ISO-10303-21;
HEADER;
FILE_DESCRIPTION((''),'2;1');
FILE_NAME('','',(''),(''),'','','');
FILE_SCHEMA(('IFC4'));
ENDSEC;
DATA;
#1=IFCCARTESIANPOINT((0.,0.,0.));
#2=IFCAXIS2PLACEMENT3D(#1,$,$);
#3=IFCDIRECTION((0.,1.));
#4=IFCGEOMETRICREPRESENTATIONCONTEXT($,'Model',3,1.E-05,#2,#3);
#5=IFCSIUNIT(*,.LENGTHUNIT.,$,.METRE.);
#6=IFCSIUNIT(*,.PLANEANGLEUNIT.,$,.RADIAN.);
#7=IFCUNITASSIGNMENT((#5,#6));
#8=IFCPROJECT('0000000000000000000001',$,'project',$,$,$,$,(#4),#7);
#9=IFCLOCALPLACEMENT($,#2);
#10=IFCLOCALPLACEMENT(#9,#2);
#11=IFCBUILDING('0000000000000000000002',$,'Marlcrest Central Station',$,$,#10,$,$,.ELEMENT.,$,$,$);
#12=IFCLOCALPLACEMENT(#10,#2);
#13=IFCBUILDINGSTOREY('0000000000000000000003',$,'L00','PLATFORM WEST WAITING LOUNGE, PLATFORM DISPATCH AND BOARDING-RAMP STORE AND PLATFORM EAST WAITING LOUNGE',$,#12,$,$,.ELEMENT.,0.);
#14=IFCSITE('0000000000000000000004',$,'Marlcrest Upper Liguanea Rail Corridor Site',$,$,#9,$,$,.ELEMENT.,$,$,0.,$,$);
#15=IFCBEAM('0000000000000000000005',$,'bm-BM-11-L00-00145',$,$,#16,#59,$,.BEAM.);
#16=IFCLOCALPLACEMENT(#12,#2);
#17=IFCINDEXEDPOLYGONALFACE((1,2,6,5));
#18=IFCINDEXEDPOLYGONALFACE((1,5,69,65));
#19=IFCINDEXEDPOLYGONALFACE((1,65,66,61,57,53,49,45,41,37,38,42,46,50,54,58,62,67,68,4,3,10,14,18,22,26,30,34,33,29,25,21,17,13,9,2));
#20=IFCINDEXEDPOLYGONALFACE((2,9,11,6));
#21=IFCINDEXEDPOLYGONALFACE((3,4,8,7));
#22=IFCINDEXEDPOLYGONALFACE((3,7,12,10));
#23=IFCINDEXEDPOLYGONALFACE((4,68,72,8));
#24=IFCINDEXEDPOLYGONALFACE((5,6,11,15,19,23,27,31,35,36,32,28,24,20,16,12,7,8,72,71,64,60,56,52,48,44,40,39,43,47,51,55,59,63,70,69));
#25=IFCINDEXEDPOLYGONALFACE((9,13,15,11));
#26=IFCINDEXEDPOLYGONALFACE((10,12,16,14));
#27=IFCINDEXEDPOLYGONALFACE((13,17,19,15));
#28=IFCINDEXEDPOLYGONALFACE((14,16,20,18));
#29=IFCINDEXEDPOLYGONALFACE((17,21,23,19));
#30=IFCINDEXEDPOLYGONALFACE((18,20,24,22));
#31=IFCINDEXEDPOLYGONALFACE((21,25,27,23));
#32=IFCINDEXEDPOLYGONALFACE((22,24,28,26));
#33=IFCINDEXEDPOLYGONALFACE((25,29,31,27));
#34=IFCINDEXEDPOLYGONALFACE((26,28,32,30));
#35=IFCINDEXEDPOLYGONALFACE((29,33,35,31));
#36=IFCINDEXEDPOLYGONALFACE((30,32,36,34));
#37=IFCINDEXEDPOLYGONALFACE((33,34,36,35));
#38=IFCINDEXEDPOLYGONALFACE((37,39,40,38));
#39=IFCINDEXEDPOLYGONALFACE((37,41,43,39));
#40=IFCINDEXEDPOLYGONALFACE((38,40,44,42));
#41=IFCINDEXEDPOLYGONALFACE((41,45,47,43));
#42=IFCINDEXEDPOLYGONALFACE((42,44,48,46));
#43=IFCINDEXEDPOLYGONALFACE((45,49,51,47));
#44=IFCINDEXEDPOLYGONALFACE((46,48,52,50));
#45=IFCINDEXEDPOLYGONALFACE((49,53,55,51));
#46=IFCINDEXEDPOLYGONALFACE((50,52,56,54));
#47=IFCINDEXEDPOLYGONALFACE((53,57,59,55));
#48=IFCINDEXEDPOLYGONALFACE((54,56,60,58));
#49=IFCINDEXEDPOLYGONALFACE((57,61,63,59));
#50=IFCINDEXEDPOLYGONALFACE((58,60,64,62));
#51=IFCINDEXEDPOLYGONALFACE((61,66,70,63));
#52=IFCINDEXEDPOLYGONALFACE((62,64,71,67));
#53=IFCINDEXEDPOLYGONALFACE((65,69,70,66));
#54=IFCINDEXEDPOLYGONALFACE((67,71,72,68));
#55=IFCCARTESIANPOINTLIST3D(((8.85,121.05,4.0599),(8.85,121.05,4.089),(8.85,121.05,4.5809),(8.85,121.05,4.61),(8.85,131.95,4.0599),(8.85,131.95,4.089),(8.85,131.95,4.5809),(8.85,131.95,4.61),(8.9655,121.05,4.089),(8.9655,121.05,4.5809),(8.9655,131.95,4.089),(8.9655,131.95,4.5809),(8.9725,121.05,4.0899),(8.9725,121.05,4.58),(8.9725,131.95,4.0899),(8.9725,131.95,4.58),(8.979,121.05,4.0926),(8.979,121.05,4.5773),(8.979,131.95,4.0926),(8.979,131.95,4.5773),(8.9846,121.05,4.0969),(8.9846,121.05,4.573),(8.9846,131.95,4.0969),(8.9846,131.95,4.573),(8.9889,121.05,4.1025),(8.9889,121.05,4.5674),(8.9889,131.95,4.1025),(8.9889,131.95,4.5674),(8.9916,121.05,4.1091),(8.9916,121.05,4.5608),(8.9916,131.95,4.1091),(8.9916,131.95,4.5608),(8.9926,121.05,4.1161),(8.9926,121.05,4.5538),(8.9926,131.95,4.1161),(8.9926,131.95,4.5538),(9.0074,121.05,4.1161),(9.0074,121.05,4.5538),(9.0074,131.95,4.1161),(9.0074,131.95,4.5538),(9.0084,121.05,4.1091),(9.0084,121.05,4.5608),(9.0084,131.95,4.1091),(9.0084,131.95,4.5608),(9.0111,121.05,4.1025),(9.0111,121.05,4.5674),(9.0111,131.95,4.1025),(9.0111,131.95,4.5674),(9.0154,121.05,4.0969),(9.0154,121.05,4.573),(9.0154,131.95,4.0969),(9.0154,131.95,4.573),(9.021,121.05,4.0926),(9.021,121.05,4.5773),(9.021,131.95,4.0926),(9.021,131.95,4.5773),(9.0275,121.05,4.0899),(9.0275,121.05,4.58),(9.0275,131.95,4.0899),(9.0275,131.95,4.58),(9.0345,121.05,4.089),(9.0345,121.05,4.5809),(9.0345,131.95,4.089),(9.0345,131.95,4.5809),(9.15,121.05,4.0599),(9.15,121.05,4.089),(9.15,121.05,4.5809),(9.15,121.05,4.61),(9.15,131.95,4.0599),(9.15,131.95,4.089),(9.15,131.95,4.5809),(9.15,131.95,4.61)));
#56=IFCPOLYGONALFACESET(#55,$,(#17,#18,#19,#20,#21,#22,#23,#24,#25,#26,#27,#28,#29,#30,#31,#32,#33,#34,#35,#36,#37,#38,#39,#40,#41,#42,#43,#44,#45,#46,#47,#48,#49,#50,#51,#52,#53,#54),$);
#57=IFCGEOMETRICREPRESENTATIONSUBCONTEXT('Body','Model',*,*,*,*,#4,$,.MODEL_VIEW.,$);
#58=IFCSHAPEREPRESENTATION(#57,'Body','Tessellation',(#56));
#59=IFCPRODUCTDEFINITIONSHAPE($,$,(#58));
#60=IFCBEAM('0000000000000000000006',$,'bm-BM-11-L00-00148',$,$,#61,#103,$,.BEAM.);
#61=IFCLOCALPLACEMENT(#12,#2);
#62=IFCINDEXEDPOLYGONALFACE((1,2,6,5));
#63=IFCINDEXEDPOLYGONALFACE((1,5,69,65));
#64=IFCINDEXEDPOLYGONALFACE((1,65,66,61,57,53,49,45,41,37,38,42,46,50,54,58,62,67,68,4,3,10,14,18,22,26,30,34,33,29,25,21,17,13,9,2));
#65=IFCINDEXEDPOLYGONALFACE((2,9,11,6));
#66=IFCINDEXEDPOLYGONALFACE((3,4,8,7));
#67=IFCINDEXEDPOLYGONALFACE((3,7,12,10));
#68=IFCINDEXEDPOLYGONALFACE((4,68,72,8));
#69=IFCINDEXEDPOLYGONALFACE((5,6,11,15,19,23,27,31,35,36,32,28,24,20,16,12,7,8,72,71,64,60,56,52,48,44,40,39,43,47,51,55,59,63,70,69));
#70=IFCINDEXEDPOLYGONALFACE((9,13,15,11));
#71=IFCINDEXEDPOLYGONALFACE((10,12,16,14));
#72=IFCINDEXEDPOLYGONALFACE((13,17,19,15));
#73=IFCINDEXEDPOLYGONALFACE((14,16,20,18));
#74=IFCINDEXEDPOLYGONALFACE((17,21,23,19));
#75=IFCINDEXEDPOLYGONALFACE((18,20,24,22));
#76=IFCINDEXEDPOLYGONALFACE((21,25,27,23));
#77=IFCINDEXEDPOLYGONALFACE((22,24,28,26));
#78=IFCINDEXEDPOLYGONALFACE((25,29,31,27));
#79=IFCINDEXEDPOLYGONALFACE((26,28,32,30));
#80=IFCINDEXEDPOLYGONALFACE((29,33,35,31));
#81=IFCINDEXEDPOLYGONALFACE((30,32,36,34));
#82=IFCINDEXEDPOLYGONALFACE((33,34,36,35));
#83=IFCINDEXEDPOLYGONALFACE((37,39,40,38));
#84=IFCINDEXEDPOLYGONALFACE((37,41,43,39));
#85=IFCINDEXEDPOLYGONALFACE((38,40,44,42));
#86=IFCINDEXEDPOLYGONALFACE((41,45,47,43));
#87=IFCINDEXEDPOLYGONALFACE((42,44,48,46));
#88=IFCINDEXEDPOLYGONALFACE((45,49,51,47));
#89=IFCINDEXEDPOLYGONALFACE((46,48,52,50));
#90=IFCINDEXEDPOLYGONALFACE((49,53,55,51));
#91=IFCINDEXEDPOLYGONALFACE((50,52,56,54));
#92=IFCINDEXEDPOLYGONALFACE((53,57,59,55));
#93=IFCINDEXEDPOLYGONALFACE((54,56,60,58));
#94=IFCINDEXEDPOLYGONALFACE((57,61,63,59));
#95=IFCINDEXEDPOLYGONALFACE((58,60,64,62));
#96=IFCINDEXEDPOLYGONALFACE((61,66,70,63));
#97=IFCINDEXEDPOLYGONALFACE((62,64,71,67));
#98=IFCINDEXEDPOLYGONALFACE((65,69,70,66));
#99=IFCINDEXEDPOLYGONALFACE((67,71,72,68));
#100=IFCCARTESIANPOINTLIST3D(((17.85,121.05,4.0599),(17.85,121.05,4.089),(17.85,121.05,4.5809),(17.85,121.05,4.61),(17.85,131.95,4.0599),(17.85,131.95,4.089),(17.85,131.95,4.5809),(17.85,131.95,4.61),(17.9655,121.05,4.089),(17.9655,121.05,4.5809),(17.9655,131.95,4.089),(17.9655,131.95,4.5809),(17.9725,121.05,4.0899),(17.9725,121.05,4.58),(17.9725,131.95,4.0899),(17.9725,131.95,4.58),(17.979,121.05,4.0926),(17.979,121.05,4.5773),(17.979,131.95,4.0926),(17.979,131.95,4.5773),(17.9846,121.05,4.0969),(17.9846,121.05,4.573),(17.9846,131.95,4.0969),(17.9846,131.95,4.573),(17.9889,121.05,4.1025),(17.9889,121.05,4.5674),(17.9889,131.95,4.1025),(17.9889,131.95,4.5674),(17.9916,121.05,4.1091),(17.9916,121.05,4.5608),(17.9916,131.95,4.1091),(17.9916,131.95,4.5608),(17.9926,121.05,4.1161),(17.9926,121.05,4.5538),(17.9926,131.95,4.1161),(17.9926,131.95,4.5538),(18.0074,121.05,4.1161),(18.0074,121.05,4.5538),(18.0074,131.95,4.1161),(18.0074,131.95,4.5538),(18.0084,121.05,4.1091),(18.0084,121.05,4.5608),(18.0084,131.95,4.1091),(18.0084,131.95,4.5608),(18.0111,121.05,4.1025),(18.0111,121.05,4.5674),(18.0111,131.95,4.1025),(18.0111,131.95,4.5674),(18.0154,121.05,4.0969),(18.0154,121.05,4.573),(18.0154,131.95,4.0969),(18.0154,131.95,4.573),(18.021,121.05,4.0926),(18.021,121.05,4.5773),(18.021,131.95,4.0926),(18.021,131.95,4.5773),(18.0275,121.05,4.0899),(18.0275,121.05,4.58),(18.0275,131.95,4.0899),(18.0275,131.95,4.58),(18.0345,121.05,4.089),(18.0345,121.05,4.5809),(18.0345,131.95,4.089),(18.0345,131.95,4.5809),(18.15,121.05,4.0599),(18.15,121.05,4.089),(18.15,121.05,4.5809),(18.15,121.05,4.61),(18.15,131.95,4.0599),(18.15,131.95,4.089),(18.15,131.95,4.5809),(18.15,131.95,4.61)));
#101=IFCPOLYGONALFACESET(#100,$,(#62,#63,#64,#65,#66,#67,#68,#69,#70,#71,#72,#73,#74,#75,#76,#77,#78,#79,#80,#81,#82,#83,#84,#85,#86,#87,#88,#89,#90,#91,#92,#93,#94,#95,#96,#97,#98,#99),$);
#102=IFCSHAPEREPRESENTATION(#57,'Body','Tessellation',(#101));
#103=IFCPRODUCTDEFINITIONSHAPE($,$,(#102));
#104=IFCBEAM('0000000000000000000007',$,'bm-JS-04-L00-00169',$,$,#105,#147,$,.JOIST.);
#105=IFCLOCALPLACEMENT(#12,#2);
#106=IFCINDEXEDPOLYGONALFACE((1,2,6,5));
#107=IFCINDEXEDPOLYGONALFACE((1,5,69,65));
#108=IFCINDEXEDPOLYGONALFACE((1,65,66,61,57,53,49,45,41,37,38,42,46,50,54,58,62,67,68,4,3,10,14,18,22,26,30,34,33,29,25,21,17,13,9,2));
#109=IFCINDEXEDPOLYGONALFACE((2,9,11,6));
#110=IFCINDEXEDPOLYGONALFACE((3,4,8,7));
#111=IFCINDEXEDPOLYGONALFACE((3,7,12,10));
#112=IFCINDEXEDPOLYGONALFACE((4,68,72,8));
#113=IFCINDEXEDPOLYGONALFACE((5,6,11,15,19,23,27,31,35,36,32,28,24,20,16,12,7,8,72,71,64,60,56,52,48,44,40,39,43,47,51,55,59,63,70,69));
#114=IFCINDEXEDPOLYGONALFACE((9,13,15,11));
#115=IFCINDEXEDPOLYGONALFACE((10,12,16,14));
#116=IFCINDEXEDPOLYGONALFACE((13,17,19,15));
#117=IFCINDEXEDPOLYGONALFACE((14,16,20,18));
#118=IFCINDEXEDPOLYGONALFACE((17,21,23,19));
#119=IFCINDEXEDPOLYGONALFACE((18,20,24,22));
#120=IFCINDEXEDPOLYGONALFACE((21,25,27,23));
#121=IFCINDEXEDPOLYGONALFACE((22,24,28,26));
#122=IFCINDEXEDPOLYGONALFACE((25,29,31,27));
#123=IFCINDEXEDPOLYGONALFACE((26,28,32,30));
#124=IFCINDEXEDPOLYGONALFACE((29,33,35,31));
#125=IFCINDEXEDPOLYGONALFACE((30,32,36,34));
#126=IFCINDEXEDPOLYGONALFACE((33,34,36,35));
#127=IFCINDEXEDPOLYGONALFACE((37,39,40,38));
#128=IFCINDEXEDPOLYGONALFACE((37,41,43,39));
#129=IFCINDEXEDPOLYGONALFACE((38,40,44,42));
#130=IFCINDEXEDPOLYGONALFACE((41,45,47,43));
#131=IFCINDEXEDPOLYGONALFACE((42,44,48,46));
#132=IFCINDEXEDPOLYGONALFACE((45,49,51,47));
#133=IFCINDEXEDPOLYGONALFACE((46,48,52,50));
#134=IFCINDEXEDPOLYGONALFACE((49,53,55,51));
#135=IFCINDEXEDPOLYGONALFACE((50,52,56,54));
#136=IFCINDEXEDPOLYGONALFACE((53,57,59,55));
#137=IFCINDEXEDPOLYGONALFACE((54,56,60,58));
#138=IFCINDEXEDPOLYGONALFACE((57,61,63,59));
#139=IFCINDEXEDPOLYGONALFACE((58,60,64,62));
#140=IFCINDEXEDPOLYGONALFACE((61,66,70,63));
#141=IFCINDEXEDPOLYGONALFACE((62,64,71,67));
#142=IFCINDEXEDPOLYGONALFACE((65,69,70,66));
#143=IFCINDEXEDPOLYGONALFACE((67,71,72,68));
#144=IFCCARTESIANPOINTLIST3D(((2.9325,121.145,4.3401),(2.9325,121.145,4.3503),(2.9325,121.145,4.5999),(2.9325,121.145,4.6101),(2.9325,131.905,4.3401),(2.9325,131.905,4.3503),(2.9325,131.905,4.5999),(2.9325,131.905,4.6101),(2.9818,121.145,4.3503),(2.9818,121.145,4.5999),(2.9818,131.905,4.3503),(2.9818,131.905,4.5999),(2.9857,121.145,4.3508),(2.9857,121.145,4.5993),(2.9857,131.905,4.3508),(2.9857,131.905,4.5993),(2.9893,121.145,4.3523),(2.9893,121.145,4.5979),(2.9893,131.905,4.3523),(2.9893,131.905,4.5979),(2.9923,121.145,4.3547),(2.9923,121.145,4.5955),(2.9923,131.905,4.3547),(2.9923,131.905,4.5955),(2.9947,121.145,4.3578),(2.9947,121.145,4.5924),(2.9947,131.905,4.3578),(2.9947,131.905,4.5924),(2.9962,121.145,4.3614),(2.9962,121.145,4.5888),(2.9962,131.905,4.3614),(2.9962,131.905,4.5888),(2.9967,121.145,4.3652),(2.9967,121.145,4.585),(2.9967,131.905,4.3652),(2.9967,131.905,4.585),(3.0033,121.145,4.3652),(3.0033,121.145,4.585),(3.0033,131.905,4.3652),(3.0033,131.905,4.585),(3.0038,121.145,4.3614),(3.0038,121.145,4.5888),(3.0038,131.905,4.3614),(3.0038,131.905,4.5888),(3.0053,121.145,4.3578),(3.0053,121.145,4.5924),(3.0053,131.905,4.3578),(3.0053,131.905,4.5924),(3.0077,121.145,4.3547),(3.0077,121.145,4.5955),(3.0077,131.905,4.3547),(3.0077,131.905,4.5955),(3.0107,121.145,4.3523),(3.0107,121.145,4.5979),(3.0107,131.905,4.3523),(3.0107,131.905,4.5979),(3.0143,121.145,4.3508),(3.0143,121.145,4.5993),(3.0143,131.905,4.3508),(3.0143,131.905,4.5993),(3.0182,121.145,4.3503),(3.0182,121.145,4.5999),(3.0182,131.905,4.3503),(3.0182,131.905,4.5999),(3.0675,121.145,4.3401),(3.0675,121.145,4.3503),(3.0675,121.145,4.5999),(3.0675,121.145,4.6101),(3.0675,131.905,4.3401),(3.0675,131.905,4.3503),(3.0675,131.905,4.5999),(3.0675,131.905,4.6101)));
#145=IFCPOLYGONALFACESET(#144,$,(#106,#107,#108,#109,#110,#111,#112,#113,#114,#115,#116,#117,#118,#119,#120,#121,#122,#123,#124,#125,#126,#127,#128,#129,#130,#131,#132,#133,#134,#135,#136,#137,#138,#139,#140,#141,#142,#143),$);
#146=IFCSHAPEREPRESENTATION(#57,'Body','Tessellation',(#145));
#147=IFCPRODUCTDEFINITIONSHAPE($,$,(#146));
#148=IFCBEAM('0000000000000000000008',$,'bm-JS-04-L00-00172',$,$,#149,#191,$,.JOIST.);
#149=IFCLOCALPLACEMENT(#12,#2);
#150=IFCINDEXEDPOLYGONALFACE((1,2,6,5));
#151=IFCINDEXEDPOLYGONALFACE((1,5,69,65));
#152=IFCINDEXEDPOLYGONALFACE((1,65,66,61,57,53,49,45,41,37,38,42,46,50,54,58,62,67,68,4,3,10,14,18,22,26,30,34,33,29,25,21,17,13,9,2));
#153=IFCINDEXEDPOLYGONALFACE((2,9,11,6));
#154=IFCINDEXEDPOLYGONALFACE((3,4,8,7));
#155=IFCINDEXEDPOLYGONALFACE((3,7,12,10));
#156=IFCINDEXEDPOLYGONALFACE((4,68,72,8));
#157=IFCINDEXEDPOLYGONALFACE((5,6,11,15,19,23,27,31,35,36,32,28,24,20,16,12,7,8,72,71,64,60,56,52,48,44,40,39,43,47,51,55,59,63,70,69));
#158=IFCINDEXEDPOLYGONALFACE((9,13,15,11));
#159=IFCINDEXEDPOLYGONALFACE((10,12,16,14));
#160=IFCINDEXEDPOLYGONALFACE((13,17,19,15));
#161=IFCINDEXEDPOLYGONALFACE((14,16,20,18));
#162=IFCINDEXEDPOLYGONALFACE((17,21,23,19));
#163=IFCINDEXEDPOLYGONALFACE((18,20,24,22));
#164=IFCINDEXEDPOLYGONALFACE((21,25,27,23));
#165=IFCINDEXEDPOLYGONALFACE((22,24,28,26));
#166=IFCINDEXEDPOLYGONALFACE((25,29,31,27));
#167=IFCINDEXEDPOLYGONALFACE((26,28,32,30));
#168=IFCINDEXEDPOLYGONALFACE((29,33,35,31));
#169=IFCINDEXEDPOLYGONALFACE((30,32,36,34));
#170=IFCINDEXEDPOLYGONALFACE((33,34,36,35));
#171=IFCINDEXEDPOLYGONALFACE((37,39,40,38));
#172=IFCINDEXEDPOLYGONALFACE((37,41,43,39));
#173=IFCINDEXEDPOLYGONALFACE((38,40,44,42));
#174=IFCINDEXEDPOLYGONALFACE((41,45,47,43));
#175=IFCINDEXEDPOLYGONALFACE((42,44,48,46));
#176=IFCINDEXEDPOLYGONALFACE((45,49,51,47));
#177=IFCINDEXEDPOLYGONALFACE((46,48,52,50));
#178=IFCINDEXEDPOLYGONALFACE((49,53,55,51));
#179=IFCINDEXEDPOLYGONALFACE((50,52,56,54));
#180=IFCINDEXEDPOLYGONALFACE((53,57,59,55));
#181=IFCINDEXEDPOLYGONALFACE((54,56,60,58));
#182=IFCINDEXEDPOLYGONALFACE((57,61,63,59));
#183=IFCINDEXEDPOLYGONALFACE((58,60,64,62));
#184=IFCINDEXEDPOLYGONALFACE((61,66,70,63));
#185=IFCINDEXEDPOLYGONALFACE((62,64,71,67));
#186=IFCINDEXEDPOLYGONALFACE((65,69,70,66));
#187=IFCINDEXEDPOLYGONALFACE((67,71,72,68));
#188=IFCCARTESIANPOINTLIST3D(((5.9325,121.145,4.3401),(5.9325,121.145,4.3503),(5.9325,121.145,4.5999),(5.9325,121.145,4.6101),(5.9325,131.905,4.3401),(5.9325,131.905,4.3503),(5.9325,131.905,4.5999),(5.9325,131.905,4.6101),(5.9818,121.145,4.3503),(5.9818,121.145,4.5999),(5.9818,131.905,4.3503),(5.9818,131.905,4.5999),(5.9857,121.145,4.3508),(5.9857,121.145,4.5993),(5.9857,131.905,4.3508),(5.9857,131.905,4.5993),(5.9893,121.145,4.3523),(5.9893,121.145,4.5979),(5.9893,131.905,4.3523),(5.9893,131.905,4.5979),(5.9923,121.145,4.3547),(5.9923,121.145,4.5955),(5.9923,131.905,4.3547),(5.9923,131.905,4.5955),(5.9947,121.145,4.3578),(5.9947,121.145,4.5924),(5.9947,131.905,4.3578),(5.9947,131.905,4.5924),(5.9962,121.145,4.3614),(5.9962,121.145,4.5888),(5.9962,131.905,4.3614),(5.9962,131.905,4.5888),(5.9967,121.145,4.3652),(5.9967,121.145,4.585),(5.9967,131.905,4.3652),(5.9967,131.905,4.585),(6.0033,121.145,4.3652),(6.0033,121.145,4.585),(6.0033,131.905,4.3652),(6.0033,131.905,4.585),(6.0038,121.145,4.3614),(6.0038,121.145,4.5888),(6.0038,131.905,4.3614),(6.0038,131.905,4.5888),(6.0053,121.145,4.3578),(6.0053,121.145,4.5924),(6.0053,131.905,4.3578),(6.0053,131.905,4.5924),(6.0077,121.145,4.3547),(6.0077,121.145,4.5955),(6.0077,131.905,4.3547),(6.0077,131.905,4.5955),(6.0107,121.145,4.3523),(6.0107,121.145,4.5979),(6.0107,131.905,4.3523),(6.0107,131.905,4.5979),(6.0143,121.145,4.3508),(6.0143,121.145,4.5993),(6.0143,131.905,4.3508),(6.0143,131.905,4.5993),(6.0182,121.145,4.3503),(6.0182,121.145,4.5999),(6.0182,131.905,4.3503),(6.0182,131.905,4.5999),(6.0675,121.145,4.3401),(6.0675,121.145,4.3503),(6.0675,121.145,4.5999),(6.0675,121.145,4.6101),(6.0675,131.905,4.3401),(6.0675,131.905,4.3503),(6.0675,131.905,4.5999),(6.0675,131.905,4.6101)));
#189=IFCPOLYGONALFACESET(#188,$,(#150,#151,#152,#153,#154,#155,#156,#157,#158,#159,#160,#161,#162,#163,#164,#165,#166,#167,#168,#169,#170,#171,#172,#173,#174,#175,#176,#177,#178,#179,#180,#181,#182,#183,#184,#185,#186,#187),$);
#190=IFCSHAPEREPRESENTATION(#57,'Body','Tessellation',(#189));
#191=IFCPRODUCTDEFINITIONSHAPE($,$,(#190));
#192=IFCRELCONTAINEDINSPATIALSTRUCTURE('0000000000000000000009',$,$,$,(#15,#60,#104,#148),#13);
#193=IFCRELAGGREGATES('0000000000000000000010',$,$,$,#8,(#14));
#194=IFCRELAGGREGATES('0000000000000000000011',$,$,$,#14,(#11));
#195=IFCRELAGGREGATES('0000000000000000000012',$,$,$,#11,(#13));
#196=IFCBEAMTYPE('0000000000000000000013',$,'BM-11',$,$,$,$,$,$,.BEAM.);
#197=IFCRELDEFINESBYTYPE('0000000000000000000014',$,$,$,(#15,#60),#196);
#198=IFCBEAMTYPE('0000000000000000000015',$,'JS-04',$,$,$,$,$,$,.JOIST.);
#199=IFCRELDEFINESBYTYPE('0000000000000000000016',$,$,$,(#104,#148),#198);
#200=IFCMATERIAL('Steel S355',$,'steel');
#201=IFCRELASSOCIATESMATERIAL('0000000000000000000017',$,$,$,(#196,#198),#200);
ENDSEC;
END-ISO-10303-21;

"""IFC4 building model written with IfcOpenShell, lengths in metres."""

from ifc_helpers import new_model, si_unit, direction, frame, origin, origin_2d, place, context, subcontext, project, spatial, i_section, extrude, material, material_profile, profile_set, type_object, element, save


model = new_model("IFC4")

# Units and contexts
model_context = context("Model", 3, precision=1e-05, world=origin(), true_north=direction((0.0, 1.0)))
body_context = subcontext(model_context, "Body", "Model", "MODEL_VIEW")
ifc_project = project(units=[si_unit("LENGTHUNIT", "METRE"), si_unit("PLANEANGLEUNIT", "RADIAN")], contexts=[model_context])

# Site, building, storey
site_placement = place(None, origin())
site = spatial("IfcSite", under=ifc_project, at=site_placement, Name="Marlcrest Upper Liguanea Rail Corridor Site", CompositionType="ELEMENT", RefElevation=0.0)
building_placement = place(site_placement, origin())
building = spatial("IfcBuilding", under=site, at=building_placement, Name="Marlcrest Central Station", CompositionType="ELEMENT")
storey_placement = place(building_placement, origin())
storey = spatial("IfcBuildingStorey", under=building, at=storey_placement, Name="L00", Description="PLATFORM WEST WAITING LOUNGE, PLATFORM DISPATCH AND BOARDING-RAMP STORE AND PLATFORM EAST WAITING LOUNGE", CompositionType="ELEMENT", Elevation=0.0)

# Shared definitions
ifc_material_1 = material(Name="Steel S355", Category="steel")

# Beams
ifc_material_profile_1 = material_profile(ifc_material_1, i_section(OverallWidth=0.3, OverallDepth=0.55, WebThickness=0.0149, FlangeThickness=0.0291, FilletRadius=0.0271, at=origin_2d()), Name="HEB 550")
ifc_profile_set_1 = profile_set([ifc_material_profile_1], Name="Steel S355")
beam_type_1 = type_object("IfcBeamType", Name="BM-11", PredefinedType="BEAM", material=ifc_profile_set_1)
for number, where, z_axis, x_axis, name in (
    (1, (9.0, 121.05, 4.335), (0.0, 1.0, 0.0), (-1.0, 0.0, 0.0), "bm-BM-11-L00-00145"),
    (2, (18.0, 121.05, 4.335), (0.0, 1.0, 0.0), (-1.0, 0.0, 0.0), "bm-BM-11-L00-00148"),
):
    element("IfcBeam", number, at=place(storey_placement, frame(where, z_axis=z_axis, x_axis=x_axis)), inside=storey, type_object=beam_type_1, Name=name, PredefinedType="BEAM", context=body_context, shape_type="SweptSolid", body=[
        extrude(i_section(OverallWidth=0.3, OverallDepth=0.55, WebThickness=0.0149, FlangeThickness=0.0291, FilletRadius=0.0271, at=origin_2d()), origin(), (0.0, 0.0, 1.0), 10.8999),
    ])
ifc_material_profile_2 = material_profile(ifc_material_1, i_section(OverallWidth=0.135, OverallDepth=0.27, WebThickness=0.0066, FlangeThickness=0.0103, FilletRadius=0.0149, at=origin_2d()), Name="IPE 270")
ifc_profile_set_2 = profile_set([ifc_material_profile_2], Name="Steel S355")
beam_type_2 = type_object("IfcBeamType", Name="JS-04", PredefinedType="JOIST", material=ifc_profile_set_2)
for number, where, z_axis, x_axis, name in (
    (3, (3.0, 121.145, 4.4751), (0.0, 1.0, 0.0), (-1.0, 0.0, 0.0), "bm-JS-04-L00-00169"),
    (4, (6.0, 121.145, 4.4751), (0.0, 1.0, 0.0), (-1.0, 0.0, 0.0), "bm-JS-04-L00-00172"),
):
    element("IfcBeam", number, at=place(storey_placement, frame(where, z_axis=z_axis, x_axis=x_axis)), inside=storey, type_object=beam_type_2, Name=name, PredefinedType="JOIST", context=body_context, shape_type="SweptSolid", body=[
        extrude(i_section(OverallWidth=0.135, OverallDepth=0.27, WebThickness=0.0066, FlangeThickness=0.0103, FilletRadius=0.0149, at=origin_2d()), origin(), (0.0, 0.0, 1.0), 10.76),
    ])

save(model, "model.ifc")
